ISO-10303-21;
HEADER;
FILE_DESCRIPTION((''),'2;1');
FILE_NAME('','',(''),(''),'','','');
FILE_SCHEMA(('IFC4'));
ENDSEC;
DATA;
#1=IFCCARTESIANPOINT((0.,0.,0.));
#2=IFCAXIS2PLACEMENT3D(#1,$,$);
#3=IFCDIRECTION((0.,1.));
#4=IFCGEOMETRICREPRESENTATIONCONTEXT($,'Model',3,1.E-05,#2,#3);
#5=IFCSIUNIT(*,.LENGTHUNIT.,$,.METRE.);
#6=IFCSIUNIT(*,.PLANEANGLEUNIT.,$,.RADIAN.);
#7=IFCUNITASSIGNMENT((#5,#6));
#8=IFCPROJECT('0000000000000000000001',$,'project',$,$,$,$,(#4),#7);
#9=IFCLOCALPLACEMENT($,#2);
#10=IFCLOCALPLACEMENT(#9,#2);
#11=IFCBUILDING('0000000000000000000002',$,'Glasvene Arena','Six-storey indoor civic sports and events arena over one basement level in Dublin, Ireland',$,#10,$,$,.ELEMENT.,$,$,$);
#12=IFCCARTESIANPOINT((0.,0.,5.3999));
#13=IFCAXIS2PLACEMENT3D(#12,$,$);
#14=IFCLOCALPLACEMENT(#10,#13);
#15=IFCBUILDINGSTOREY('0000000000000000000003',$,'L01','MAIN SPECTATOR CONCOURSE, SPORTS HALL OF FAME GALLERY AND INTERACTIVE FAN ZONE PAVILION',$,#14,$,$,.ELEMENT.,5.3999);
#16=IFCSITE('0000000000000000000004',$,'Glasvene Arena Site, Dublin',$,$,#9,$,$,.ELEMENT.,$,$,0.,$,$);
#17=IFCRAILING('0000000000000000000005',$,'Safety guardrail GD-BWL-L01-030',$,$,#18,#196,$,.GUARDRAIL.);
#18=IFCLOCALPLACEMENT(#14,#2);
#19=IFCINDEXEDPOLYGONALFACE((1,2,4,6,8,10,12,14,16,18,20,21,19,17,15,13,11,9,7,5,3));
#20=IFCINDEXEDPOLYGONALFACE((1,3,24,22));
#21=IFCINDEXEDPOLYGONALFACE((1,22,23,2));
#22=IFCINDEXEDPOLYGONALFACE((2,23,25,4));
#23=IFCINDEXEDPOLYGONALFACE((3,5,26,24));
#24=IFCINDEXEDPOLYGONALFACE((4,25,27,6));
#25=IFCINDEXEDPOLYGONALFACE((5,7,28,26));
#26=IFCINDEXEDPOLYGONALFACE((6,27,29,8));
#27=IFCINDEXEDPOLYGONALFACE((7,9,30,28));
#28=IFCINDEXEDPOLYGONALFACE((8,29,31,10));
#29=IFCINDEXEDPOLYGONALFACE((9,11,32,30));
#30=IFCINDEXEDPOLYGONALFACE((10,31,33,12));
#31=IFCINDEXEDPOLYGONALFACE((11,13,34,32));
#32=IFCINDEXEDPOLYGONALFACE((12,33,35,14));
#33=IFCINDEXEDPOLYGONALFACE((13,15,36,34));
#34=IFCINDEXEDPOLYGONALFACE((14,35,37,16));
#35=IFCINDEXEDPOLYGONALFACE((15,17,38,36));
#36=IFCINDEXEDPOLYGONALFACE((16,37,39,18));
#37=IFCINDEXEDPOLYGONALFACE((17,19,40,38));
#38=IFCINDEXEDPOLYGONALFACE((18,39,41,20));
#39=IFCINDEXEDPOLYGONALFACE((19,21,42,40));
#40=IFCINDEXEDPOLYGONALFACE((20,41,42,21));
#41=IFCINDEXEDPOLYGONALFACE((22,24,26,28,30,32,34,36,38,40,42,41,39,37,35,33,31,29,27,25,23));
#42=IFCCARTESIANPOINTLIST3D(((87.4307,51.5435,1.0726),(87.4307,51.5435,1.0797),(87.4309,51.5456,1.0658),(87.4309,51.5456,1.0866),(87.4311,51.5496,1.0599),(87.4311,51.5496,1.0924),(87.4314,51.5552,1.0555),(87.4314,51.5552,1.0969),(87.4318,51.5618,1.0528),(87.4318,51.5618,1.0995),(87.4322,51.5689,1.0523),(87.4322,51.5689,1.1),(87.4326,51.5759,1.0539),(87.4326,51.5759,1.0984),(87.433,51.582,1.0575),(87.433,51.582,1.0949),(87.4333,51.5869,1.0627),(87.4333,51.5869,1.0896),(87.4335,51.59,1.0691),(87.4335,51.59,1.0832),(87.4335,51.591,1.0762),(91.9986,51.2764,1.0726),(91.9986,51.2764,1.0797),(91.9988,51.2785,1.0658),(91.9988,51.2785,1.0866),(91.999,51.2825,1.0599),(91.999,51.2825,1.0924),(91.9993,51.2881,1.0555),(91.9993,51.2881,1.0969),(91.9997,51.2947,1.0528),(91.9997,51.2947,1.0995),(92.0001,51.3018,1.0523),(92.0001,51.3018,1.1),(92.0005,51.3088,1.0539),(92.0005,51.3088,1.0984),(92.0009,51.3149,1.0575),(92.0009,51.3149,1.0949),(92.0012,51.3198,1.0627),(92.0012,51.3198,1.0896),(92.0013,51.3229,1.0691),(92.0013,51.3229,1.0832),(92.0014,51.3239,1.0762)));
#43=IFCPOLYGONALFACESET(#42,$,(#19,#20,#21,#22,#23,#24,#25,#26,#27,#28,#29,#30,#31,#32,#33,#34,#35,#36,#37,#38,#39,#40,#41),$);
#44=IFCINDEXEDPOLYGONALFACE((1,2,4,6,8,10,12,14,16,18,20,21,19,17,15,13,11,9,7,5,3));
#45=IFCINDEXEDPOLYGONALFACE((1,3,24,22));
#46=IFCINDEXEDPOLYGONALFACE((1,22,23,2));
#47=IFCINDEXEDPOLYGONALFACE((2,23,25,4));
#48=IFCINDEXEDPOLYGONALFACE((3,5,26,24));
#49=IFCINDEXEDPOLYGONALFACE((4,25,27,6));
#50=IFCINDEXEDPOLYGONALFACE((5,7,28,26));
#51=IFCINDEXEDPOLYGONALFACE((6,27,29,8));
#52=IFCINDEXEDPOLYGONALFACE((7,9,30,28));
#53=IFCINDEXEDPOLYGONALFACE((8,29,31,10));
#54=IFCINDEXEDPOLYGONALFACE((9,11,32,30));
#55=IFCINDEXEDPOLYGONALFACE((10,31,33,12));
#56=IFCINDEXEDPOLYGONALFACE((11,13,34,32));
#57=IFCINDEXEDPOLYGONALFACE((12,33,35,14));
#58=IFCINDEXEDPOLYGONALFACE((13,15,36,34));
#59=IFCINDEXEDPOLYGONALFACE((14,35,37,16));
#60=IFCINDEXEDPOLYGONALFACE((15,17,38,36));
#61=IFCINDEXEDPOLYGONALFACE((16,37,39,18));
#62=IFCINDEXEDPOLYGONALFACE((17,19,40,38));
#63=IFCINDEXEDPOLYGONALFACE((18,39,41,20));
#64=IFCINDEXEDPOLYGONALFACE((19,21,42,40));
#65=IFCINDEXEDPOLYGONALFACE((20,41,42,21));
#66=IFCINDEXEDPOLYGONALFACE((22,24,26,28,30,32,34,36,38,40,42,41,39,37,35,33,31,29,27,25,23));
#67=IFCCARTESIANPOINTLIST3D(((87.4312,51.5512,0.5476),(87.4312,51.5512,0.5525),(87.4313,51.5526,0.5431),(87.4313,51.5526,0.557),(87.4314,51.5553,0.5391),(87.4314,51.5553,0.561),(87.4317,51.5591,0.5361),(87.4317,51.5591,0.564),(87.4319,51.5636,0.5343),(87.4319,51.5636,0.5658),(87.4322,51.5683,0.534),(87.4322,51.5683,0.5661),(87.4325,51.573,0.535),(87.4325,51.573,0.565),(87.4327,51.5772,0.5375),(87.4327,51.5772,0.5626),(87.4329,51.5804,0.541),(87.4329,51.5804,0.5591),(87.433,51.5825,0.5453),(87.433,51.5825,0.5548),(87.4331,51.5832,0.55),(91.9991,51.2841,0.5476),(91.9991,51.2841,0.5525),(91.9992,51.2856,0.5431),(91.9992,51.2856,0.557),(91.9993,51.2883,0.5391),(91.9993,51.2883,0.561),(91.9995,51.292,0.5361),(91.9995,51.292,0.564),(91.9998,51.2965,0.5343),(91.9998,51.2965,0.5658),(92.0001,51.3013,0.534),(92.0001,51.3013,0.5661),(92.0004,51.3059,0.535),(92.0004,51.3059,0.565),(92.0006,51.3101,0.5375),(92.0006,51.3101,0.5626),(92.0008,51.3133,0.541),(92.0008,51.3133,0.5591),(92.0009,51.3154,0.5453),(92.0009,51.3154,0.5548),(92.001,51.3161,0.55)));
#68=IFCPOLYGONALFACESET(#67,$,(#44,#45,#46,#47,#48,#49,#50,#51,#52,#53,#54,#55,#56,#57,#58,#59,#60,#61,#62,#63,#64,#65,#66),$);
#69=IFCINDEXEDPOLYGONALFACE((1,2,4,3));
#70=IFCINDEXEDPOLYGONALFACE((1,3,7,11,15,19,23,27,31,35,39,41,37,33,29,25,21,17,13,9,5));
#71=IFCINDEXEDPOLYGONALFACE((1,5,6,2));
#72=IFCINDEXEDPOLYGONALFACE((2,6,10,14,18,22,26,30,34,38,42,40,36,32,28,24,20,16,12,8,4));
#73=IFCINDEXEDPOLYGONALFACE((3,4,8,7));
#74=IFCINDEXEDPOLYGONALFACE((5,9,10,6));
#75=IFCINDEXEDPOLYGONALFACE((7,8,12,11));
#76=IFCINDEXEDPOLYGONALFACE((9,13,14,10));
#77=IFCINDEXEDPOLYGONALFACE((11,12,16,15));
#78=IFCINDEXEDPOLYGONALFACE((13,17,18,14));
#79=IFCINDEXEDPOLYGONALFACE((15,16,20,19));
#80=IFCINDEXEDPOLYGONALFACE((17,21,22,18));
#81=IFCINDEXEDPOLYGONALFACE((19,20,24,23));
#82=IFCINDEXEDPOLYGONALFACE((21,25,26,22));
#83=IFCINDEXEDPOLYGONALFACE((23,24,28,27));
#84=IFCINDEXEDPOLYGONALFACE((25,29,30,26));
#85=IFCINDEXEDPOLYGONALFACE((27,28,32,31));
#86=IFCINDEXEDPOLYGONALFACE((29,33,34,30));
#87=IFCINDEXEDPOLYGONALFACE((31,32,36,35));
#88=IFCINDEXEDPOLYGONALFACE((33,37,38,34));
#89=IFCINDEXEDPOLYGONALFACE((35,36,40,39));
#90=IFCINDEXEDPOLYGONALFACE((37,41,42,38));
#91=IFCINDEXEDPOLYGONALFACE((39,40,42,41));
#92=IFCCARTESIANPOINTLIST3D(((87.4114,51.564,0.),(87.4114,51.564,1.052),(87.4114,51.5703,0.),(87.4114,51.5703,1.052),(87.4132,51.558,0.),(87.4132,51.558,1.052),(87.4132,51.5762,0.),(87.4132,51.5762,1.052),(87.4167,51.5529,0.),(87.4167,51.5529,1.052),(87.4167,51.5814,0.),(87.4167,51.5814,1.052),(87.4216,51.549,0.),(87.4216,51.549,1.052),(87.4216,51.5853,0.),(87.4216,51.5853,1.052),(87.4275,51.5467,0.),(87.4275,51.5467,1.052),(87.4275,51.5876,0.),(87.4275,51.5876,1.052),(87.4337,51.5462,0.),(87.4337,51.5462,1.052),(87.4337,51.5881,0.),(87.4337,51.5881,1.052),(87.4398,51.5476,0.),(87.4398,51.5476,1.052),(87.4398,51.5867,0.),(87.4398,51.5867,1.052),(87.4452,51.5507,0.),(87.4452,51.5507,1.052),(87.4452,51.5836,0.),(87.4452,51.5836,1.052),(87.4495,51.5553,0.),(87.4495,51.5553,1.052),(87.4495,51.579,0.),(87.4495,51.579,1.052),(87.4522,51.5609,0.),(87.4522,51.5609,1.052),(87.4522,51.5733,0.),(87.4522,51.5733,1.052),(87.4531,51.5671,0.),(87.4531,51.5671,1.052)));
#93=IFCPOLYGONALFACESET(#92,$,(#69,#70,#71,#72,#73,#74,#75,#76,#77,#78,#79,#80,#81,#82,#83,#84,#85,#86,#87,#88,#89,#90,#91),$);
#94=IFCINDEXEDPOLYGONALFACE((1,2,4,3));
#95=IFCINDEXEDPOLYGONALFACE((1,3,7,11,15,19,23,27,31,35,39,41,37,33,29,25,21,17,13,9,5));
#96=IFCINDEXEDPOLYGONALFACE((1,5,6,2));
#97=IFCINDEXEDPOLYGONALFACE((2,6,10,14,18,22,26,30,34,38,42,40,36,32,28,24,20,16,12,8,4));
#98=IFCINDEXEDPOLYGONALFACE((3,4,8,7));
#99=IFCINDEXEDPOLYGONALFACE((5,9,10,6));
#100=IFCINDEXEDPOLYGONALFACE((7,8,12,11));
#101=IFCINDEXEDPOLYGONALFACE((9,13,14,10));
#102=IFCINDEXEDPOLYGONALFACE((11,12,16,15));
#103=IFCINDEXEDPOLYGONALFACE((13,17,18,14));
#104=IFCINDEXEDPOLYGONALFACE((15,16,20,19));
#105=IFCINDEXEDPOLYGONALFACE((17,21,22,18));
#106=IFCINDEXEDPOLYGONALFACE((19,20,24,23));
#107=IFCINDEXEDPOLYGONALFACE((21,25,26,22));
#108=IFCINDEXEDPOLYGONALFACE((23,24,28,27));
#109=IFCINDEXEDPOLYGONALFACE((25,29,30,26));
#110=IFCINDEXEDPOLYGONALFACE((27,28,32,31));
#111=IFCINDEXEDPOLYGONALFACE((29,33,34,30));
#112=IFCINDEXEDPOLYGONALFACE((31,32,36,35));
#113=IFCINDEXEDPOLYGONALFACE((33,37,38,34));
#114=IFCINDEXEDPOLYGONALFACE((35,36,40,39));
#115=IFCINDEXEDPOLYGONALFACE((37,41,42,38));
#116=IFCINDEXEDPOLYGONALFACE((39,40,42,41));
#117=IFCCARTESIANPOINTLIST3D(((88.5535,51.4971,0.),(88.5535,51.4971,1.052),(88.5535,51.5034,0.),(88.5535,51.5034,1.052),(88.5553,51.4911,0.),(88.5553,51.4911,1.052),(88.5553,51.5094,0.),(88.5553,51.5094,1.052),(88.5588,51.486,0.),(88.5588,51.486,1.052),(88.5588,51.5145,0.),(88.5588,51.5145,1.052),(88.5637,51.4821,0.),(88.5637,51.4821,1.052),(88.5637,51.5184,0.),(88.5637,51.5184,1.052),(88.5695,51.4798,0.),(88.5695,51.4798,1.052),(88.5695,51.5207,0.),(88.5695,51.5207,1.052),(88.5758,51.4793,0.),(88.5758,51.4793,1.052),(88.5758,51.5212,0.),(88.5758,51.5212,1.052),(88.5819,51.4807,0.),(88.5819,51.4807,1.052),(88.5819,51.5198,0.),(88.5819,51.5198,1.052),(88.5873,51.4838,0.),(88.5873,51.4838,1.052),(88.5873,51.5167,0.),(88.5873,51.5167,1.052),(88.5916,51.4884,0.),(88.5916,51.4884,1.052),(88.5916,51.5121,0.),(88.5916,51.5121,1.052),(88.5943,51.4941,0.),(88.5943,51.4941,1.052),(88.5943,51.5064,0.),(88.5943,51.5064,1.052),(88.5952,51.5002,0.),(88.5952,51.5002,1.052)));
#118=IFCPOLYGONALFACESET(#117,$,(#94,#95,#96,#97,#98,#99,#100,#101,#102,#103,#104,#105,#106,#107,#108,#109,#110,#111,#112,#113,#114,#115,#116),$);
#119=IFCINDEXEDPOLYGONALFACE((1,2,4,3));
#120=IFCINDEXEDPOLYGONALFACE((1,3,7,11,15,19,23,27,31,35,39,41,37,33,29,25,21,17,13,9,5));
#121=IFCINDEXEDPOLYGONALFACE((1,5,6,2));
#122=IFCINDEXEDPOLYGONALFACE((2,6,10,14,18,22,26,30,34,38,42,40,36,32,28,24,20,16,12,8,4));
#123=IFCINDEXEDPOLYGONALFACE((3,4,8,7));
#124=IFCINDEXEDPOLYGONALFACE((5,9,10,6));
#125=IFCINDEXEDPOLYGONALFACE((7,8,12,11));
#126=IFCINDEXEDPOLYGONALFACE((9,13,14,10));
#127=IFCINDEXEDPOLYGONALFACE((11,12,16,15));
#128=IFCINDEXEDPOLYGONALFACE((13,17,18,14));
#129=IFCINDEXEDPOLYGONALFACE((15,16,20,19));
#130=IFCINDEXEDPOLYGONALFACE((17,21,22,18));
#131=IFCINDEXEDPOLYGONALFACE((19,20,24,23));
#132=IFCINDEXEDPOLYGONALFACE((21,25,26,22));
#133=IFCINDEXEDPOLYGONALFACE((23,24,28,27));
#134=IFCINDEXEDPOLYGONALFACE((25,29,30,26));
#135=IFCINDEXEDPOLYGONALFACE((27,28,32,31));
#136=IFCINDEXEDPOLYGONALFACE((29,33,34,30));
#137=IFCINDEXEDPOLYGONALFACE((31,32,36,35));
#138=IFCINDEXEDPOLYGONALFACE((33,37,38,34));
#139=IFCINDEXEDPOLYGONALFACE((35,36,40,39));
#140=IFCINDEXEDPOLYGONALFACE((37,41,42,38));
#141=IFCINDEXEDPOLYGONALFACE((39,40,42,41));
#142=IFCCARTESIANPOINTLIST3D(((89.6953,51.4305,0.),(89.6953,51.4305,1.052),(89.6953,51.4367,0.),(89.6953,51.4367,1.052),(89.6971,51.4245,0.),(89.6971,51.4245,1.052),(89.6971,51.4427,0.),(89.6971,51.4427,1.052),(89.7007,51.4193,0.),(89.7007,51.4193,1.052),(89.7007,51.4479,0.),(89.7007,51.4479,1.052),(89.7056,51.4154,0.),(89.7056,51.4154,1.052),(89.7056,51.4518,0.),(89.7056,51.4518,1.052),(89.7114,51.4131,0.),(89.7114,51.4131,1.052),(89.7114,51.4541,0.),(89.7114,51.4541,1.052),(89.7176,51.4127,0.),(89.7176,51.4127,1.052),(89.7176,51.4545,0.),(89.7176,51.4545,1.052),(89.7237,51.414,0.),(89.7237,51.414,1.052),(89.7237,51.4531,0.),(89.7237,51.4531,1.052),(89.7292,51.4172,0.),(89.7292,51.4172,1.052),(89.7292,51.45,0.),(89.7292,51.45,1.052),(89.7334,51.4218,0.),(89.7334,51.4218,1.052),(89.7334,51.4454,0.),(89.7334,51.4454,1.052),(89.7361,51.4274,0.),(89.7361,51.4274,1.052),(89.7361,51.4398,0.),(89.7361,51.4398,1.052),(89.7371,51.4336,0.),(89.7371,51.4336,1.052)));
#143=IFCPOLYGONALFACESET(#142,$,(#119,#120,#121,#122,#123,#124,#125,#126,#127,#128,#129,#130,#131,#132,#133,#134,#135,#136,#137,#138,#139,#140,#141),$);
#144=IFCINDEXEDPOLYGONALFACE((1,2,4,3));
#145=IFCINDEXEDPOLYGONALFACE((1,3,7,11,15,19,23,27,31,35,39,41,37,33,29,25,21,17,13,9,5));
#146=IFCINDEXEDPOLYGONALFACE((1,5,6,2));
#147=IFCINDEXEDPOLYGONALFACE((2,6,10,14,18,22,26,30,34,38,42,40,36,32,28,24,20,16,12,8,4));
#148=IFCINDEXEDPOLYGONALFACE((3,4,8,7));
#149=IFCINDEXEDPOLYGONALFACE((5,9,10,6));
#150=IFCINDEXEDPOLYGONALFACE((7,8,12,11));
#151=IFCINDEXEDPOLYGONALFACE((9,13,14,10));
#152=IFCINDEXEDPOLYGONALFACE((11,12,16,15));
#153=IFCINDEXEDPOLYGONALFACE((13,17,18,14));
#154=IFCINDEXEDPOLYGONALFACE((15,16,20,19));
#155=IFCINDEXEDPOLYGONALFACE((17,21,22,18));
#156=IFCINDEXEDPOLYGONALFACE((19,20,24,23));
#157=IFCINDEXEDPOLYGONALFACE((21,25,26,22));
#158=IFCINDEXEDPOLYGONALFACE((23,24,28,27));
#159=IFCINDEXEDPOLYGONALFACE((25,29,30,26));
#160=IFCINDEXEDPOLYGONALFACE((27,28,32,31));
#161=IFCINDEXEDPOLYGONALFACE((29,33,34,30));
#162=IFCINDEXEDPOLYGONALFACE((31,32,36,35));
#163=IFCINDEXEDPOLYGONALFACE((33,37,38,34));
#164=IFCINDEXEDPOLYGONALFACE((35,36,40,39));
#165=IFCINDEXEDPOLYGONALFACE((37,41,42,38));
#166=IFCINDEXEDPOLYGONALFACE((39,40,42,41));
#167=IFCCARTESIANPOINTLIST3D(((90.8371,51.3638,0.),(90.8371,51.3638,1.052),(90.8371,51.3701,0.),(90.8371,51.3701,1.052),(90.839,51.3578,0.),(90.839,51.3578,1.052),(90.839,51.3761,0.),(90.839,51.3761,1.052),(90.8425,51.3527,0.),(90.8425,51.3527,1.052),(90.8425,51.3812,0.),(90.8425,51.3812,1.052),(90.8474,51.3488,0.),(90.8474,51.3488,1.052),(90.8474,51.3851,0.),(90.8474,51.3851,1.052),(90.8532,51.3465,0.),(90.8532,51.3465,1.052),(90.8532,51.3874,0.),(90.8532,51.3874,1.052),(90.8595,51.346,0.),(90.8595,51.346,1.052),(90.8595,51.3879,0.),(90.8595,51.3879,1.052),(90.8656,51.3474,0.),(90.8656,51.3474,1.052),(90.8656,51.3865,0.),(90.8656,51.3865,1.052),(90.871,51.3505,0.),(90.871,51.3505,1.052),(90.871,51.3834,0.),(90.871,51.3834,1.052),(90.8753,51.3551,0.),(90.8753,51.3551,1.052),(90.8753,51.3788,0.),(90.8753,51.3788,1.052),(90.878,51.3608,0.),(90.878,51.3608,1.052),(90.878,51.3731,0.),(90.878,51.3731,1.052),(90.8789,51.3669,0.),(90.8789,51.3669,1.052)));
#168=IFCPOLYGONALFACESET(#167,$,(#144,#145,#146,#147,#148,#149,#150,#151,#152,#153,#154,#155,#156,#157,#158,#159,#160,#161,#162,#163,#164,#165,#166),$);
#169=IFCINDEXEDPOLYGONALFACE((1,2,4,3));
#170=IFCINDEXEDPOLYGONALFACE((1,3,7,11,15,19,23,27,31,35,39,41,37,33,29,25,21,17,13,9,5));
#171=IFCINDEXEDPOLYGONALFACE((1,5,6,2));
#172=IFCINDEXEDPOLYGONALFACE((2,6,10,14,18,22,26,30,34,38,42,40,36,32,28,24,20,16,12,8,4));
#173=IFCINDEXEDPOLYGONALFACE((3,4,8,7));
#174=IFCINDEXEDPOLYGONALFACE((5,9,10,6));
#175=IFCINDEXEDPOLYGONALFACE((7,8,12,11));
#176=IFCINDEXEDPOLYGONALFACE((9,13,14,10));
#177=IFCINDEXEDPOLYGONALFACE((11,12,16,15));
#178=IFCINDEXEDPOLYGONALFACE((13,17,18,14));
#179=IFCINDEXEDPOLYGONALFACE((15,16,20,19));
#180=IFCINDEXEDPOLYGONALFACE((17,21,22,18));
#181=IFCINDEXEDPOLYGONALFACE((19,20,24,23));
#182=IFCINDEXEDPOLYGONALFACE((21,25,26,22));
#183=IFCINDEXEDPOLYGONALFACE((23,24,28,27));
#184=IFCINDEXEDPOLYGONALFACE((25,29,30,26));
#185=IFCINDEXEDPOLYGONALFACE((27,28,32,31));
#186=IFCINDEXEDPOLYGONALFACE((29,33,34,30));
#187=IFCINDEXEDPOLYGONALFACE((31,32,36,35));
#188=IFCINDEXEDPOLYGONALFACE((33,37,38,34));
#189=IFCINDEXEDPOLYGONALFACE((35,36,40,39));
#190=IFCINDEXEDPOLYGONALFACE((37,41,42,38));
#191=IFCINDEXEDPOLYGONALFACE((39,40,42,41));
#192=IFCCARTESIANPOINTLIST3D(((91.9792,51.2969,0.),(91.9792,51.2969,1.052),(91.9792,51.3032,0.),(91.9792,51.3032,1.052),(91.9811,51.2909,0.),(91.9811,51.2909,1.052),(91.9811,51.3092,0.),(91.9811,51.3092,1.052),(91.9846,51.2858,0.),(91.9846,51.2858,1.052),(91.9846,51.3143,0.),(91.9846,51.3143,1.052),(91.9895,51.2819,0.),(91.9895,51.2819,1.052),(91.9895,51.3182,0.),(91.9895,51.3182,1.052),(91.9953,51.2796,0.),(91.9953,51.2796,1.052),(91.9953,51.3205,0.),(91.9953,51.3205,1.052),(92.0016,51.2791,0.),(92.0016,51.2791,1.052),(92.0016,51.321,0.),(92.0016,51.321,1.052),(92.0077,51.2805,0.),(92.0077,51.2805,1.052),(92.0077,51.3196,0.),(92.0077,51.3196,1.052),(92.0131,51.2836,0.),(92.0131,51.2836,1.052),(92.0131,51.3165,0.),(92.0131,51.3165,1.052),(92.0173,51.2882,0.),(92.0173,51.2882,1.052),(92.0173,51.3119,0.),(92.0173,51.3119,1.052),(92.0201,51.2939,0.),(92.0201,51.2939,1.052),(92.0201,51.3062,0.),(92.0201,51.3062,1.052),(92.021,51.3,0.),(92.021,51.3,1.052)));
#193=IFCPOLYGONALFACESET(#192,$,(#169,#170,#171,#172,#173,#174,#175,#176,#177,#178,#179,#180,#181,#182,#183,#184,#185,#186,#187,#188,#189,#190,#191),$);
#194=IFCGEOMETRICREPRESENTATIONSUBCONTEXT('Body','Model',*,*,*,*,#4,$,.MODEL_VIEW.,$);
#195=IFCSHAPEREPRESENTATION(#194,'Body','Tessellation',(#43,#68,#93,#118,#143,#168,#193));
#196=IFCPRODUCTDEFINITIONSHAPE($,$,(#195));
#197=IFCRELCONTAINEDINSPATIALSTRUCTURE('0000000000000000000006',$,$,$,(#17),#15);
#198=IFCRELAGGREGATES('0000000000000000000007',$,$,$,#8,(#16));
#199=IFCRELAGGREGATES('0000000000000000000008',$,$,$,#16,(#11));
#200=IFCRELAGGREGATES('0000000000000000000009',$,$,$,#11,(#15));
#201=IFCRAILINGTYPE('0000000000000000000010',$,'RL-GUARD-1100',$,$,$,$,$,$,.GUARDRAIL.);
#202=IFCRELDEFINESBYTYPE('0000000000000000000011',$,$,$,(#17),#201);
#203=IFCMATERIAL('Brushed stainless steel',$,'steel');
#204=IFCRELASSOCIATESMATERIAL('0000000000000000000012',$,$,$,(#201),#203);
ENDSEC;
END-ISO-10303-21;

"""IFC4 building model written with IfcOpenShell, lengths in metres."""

from ifc_helpers import new_model, si_unit, direction, frame, origin, origin_2d, place, context, subcontext, project, spatial, circle, extrude, material, type_object, element, save


model = new_model("IFC4")

# Units and contexts
model_context = context("Model", 3, precision=1e-05, world=origin(), true_north=direction((0.0, 1.0)))
body_context = subcontext(model_context, "Body", "Model", "MODEL_VIEW")
ifc_project = project(units=[si_unit("LENGTHUNIT", "METRE"), si_unit("PLANEANGLEUNIT", "RADIAN")], contexts=[model_context])

# Site, building, storey
site_placement = place(None, origin())
site = spatial("IfcSite", under=ifc_project, at=site_placement, Name="Glasvene Arena Site, Dublin", CompositionType="ELEMENT", RefElevation=0.0)
building_placement = place(site_placement, origin())
building = spatial("IfcBuilding", under=site, at=building_placement, Name="Glasvene Arena", Description="Six-storey indoor civic sports and events arena over one basement level in Dublin, Ireland", CompositionType="ELEMENT")
storey_placement = place(building_placement, frame((0.0, 0.0, 5.3999)))
storey = spatial("IfcBuildingStorey", under=building, at=storey_placement, Name="L01", Description="MAIN SPECTATOR CONCOURSE, SPORTS HALL OF FAME GALLERY AND INTERACTIVE FAN ZONE PAVILION", CompositionType="ELEMENT", Elevation=5.3999)

# Railing
ifc_material_1 = material(Name="Brushed stainless steel", Category="steel")
railing_type = type_object("IfcRailingType", Name="RL-GUARD-1100", PredefinedType="GUARDRAIL", material=ifc_material_1)
railing_1_placement = place(storey_placement, frame((87.4321, 51.5671, 0.0)))
element("IfcRailing", 1, at=railing_1_placement, inside=storey, type_object=railing_type, Name="Safety guardrail GD-BWL-L01-030", PredefinedType="GUARDRAIL", context=body_context, shape_type="SweptSolid", body=[
    extrude(circle(Radius=0.0239, at=origin_2d()), frame((0.0, 0.0, 1.0762), z_axis=(0.998295, -0.058372, 0.0), x_axis=(0.058372, 0.998295, 0.0)), (0.0, 0.0, 1.0), 4.5757),
    extrude(circle(Radius=0.0161, at=origin_2d()), frame((0.0, 0.0, 0.55), z_axis=(0.998295, -0.058372, 0.0), x_axis=(0.058372, 0.998295, 0.0)), (0.0, 0.0, 1.0), 4.5757),
    extrude(circle(Radius=0.021, at=origin_2d()), origin(), (0.0, 0.0, 1.0), 1.052),
    extrude(circle(Radius=0.021, at=origin_2d()), frame((1.1421, -0.0669, 0.0)), (0.0, 0.0, 1.0), 1.052),
    extrude(circle(Radius=0.021, at=origin_2d()), frame((2.2839, -0.1335, 0.0)), (0.0, 0.0, 1.0), 1.052),
    extrude(circle(Radius=0.021, at=origin_2d()), frame((3.4258, -0.2002, 0.0)), (0.0, 0.0, 1.0), 1.052),
    extrude(circle(Radius=0.021, at=origin_2d()), frame((4.5679, -0.2671, 0.0)), (0.0, 0.0, 1.0), 1.052),
])

save(model, "model.ifc")
